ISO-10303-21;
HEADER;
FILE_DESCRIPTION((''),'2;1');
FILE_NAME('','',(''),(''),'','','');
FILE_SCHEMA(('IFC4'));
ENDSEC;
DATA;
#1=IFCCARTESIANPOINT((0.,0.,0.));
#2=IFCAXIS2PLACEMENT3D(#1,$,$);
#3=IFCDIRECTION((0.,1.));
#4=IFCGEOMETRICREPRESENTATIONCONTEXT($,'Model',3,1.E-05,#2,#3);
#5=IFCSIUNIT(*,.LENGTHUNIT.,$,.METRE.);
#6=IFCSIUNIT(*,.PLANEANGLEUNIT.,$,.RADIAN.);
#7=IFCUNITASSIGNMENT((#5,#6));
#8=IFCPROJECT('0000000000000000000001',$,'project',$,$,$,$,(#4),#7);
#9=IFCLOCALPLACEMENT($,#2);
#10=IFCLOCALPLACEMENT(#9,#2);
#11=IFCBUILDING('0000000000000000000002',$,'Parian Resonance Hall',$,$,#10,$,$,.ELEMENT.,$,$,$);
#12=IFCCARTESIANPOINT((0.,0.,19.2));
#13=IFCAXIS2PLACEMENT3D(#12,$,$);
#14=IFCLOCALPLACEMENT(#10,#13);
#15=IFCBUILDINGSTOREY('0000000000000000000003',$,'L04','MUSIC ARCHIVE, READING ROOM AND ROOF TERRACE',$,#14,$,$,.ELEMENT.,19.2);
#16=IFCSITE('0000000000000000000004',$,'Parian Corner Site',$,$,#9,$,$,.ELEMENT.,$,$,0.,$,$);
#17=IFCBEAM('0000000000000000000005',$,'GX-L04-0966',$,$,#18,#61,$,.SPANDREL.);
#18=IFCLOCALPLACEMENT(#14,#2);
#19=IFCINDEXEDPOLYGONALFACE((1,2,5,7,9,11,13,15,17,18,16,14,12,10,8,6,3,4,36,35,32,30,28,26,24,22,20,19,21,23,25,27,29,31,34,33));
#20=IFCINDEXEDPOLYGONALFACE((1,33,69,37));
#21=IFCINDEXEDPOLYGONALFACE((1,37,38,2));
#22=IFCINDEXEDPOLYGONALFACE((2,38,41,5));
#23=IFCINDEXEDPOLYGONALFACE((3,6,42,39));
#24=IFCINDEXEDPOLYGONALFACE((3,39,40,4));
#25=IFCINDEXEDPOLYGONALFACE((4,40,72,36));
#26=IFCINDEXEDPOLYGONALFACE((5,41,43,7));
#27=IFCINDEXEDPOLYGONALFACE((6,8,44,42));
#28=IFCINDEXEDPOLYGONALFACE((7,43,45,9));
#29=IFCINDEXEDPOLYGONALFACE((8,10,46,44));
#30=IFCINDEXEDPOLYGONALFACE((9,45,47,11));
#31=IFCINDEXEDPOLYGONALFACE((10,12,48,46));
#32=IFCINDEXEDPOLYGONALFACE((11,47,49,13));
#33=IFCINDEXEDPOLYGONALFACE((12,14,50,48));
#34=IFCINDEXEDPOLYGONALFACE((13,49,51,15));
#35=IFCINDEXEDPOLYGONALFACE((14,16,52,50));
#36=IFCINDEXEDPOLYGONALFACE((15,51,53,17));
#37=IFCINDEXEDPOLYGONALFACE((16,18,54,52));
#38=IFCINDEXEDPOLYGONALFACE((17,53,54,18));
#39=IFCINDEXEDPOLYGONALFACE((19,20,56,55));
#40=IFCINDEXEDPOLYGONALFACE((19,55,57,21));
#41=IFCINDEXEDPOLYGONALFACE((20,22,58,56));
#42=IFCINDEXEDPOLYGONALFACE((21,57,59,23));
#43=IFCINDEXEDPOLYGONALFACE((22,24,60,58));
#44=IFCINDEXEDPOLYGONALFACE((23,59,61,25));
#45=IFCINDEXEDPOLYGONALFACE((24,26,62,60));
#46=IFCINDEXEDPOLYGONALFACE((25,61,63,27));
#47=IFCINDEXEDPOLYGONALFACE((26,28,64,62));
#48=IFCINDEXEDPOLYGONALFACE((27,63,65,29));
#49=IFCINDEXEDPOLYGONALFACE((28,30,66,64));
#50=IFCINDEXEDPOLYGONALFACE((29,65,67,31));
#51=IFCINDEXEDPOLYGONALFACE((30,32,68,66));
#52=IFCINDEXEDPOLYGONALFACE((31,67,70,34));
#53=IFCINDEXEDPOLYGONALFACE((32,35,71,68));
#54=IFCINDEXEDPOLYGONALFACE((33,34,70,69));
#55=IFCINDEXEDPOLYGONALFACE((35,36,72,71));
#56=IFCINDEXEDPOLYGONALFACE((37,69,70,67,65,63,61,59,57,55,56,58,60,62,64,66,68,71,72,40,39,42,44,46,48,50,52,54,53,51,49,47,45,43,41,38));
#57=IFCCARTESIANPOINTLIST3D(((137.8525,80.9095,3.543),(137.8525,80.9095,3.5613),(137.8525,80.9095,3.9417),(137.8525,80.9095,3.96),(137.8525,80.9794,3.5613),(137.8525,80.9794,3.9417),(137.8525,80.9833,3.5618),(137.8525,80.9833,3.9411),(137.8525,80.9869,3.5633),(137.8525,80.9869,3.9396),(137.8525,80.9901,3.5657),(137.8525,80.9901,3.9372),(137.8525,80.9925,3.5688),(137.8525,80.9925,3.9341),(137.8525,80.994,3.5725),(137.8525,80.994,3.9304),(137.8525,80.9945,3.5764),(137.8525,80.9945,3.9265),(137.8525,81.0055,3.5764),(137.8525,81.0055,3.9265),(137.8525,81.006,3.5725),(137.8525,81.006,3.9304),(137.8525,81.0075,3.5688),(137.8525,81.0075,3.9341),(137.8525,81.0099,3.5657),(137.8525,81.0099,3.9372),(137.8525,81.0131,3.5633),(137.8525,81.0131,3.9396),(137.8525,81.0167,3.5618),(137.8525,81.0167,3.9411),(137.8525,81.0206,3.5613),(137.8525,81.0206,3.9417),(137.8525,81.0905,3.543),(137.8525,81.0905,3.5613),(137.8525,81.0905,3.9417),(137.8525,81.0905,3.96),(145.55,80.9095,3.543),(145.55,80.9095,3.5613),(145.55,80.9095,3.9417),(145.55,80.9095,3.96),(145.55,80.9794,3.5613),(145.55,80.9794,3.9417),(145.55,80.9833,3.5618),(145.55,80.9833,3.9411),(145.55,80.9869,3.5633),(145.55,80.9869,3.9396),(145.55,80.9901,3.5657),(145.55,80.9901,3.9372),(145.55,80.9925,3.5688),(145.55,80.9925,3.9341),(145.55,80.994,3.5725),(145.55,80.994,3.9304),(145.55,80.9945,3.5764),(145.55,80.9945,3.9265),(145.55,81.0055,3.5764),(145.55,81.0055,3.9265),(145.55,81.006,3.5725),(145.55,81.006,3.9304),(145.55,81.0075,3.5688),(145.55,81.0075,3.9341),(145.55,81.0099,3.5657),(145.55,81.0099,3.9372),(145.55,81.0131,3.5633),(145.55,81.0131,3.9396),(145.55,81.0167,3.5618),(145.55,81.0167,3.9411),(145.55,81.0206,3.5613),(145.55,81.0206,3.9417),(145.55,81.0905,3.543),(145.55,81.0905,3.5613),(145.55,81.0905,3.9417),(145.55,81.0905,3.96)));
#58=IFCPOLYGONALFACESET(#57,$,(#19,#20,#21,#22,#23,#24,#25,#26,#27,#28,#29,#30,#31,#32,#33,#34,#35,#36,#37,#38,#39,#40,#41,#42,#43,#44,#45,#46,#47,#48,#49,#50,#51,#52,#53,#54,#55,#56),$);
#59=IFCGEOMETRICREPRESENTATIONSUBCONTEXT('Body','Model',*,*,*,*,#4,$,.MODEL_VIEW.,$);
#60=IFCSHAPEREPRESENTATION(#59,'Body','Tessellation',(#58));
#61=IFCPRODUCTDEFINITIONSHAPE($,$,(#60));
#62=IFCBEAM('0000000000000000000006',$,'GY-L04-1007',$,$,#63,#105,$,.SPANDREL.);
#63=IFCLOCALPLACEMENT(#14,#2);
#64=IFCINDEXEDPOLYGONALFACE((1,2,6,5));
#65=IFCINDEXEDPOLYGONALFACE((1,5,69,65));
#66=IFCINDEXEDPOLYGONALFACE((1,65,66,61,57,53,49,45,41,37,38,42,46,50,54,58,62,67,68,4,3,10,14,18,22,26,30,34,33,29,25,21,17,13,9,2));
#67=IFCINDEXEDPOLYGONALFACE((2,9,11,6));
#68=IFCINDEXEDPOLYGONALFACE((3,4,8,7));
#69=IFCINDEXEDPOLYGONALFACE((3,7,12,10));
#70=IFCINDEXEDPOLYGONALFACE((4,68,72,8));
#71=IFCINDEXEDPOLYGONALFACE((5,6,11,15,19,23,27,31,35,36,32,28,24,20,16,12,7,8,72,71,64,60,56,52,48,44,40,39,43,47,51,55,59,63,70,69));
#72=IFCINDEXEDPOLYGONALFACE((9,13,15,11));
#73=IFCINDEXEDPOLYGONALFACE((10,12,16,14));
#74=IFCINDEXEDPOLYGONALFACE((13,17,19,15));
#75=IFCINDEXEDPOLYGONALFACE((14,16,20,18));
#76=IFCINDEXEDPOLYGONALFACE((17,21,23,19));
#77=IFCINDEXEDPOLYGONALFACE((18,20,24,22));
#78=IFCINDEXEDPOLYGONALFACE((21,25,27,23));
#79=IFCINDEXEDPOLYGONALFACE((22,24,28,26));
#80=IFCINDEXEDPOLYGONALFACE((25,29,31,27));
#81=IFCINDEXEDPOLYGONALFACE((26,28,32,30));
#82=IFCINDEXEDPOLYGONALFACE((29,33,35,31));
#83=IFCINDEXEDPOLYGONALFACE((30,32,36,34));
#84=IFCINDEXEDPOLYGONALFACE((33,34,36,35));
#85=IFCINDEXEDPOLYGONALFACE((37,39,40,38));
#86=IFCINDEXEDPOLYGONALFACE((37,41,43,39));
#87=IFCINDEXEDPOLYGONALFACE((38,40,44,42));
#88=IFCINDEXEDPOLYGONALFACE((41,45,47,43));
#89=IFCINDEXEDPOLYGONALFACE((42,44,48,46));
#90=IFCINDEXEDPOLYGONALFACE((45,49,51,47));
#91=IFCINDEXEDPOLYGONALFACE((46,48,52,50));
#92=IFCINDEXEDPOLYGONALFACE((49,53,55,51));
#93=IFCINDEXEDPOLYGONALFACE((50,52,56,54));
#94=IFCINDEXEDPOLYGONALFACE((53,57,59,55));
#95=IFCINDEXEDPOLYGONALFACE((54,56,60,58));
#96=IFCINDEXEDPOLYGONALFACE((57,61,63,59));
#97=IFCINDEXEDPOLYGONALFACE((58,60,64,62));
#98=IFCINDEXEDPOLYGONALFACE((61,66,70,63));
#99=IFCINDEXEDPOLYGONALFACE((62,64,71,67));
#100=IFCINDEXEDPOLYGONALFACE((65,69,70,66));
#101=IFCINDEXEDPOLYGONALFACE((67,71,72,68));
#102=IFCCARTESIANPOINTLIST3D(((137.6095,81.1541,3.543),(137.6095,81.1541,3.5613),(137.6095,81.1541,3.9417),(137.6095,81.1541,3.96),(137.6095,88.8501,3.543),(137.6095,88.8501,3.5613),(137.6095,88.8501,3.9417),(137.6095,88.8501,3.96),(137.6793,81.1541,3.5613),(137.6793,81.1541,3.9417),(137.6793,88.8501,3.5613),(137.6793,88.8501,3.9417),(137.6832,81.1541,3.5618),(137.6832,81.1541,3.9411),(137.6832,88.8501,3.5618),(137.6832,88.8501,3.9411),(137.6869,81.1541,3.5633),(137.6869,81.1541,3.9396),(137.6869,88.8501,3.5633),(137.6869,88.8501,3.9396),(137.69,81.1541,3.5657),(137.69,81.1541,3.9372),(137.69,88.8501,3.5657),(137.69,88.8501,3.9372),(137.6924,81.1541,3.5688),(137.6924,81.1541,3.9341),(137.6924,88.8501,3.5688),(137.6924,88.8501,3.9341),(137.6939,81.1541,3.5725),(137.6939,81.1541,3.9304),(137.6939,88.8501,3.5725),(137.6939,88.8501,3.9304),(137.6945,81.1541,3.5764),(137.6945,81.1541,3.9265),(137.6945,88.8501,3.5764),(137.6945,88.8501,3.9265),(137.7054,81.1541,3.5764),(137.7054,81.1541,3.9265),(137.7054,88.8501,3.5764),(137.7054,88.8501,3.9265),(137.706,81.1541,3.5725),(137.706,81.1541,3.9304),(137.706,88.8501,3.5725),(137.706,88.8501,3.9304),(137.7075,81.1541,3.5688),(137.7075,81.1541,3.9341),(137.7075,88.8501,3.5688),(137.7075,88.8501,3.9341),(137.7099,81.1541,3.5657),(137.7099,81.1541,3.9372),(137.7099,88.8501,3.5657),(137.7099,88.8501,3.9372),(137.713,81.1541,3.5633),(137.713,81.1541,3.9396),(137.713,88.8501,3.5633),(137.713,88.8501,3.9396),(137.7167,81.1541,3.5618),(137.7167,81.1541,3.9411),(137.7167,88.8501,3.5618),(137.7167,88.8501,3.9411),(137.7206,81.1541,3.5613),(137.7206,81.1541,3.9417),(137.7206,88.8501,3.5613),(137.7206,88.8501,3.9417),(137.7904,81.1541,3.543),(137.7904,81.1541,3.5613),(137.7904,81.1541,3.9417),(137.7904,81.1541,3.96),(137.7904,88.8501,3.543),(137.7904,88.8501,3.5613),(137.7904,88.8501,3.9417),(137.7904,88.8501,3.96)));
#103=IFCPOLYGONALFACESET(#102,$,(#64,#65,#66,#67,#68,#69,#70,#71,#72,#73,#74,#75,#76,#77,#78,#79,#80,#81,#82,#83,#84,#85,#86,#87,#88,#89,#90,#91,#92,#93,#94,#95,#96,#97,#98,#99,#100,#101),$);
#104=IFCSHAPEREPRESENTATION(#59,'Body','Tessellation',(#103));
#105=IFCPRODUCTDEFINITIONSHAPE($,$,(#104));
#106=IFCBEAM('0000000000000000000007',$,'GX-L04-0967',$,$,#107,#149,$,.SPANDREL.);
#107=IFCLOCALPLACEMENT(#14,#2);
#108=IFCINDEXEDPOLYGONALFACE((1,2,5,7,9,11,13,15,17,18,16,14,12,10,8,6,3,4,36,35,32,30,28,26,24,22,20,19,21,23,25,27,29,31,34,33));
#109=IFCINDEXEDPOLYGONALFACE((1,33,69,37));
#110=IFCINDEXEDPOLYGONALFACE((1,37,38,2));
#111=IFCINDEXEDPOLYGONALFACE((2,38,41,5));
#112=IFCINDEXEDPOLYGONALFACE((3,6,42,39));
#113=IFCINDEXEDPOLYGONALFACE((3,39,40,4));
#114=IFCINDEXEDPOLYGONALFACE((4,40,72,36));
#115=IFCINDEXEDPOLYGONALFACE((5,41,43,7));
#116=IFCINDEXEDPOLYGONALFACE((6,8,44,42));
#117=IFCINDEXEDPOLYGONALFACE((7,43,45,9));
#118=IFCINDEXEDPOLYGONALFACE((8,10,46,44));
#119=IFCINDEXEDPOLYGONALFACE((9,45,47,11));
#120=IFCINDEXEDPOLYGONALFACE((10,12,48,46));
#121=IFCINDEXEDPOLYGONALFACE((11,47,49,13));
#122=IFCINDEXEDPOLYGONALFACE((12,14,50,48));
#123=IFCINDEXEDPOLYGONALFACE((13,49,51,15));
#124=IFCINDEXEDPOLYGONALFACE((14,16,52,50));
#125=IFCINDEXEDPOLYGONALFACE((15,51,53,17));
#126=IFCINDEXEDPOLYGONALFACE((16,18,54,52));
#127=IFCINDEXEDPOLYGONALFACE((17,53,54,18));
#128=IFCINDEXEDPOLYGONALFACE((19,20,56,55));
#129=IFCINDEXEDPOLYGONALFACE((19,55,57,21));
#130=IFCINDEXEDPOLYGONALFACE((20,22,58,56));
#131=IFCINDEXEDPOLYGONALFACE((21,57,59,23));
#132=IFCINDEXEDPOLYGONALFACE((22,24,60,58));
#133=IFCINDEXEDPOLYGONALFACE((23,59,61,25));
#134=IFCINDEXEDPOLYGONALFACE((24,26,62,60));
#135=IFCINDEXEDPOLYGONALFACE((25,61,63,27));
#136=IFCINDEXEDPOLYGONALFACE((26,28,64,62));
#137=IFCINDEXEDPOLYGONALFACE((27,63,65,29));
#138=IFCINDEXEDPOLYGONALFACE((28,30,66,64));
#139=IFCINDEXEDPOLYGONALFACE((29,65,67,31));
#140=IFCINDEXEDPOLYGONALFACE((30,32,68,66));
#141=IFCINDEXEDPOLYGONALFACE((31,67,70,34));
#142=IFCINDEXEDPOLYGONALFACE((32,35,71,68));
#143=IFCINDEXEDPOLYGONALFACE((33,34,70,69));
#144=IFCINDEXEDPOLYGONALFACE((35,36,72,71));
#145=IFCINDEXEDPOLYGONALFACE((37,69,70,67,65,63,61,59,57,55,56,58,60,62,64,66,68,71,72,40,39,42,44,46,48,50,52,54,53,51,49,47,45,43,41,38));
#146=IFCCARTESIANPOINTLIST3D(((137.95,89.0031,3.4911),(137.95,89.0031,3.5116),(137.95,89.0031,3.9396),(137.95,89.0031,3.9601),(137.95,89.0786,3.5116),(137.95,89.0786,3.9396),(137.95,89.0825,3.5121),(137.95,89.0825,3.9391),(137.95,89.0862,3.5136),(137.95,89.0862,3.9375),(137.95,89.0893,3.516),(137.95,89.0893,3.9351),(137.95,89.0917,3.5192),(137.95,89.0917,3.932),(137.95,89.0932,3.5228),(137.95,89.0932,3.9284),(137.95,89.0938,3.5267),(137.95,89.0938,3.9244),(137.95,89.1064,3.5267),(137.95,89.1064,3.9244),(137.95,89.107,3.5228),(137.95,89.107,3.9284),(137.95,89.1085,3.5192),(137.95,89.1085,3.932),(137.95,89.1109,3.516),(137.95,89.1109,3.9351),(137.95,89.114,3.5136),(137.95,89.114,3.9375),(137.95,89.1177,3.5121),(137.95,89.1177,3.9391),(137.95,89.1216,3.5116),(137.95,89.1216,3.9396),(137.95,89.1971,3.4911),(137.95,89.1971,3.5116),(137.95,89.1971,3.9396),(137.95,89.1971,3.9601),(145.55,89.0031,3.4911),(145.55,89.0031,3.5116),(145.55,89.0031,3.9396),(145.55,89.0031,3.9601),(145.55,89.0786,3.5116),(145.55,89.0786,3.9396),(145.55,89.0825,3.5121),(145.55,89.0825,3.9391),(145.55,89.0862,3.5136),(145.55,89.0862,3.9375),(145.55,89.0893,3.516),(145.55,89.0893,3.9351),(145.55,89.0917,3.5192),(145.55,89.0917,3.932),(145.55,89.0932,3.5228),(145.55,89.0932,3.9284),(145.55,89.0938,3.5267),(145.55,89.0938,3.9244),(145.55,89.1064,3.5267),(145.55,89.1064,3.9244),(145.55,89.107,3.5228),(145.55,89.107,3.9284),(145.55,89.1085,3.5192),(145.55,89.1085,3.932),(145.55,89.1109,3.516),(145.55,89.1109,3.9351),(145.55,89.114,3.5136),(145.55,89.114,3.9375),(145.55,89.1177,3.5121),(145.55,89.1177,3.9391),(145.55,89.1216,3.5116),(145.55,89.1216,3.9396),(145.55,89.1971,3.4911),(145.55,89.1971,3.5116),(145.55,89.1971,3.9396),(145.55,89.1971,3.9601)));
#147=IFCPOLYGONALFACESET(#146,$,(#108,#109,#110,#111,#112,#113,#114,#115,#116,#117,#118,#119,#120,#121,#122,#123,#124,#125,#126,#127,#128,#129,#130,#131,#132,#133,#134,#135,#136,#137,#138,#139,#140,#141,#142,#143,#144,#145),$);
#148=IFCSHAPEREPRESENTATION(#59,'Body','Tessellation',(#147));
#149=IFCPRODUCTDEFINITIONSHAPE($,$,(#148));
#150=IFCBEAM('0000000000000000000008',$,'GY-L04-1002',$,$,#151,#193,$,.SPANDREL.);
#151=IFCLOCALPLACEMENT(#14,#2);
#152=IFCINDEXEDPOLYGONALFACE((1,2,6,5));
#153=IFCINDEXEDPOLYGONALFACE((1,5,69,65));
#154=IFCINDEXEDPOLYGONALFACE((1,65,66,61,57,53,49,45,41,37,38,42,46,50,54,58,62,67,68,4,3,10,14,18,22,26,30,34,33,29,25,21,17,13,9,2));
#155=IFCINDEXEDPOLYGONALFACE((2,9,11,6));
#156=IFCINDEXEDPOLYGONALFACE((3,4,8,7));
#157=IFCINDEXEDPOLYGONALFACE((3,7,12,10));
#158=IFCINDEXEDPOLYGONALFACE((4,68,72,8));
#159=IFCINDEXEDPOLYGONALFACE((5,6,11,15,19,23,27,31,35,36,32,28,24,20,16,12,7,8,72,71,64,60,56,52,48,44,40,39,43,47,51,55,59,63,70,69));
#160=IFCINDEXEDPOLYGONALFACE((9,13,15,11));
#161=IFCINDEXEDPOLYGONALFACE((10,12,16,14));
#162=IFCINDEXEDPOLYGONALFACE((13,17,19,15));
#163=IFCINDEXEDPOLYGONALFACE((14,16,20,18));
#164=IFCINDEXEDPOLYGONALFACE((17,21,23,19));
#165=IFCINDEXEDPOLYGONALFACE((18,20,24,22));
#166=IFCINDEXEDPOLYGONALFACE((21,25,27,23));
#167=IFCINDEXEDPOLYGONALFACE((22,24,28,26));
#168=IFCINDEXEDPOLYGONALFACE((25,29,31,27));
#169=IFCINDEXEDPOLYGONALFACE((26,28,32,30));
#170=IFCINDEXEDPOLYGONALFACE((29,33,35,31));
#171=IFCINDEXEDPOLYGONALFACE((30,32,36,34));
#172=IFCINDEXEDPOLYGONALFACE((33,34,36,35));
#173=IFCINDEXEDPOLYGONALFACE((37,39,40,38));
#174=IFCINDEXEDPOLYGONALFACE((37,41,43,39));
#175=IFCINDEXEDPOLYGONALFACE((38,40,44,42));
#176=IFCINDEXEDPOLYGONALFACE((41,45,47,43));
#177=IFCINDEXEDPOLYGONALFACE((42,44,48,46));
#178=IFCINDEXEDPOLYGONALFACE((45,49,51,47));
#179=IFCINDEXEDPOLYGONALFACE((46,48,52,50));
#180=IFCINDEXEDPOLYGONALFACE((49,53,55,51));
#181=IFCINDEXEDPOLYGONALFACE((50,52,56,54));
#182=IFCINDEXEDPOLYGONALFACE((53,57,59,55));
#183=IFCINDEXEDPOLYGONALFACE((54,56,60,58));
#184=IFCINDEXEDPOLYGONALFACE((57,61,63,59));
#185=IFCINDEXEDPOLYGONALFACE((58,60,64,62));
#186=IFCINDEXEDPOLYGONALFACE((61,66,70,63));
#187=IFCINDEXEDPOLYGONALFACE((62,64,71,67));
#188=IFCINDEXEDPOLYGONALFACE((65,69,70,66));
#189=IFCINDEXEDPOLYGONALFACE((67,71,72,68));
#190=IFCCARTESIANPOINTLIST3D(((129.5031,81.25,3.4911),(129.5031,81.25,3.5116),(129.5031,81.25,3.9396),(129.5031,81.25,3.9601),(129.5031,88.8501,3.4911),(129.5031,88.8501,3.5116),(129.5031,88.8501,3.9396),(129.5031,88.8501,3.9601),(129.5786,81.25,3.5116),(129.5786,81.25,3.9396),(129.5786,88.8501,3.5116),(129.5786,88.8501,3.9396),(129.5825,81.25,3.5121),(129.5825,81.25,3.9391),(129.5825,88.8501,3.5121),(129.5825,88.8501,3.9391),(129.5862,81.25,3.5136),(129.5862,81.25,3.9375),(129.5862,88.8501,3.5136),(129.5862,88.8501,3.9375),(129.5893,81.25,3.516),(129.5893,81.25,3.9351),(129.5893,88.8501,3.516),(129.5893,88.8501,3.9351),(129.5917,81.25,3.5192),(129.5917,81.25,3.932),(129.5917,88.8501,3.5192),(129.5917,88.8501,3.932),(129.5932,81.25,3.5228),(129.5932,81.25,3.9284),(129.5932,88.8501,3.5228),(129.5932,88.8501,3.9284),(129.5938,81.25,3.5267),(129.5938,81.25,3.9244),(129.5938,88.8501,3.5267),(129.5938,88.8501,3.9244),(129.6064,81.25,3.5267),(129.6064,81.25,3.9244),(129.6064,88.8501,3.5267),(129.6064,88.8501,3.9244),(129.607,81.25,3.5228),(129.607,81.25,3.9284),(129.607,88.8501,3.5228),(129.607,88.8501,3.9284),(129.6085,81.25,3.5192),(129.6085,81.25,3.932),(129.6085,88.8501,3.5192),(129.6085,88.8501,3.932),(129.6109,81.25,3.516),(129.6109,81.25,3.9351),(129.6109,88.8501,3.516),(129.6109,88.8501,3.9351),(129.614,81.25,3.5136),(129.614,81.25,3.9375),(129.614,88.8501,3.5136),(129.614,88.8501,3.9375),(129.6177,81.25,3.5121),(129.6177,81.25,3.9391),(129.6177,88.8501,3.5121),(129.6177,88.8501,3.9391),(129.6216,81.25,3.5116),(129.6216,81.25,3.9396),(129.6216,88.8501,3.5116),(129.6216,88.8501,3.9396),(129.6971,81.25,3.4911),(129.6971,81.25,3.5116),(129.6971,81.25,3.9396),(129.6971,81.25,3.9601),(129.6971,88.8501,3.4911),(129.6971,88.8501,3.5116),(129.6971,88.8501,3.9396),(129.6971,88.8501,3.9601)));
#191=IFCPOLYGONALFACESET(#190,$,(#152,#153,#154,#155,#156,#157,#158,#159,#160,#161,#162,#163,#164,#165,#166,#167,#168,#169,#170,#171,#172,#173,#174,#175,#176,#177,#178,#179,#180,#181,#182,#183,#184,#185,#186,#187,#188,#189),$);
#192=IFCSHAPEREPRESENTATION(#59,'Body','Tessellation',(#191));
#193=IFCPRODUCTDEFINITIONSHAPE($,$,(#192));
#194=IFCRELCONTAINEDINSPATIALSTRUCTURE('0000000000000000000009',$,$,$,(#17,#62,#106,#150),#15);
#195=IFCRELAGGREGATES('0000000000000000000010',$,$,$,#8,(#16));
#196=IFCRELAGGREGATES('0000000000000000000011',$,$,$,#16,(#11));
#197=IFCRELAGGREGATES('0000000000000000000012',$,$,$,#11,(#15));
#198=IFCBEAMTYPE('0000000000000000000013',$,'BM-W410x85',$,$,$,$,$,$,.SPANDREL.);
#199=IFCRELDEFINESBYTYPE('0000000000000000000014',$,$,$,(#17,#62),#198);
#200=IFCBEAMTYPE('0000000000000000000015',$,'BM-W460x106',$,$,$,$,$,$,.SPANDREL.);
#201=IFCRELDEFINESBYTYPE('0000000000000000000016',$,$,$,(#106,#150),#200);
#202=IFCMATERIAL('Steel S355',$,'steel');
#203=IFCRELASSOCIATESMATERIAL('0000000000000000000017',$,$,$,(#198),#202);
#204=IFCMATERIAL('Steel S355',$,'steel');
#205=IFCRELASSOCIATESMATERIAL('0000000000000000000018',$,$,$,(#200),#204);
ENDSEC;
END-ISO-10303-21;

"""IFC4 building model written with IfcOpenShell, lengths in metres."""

from ifc_helpers import new_model, si_unit, direction, frame, origin, origin_2d, place, context, subcontext, project, spatial, i_section, extrude, material, material_profile, profile_set, type_object, element, save


model = new_model("IFC4")

# Units and contexts
model_context = context("Model", 3, precision=1e-05, world=origin(), true_north=direction((0.0, 1.0)))
body_context = subcontext(model_context, "Body", "Model", "MODEL_VIEW")
ifc_project = project(units=[si_unit("LENGTHUNIT", "METRE"), si_unit("PLANEANGLEUNIT", "RADIAN")], contexts=[model_context])

# Site, building, storey
site_placement = place(None, origin())
site = spatial("IfcSite", under=ifc_project, at=site_placement, Name="Parian Corner Site", CompositionType="ELEMENT", RefElevation=0.0)
building_placement = place(site_placement, origin())
building = spatial("IfcBuilding", under=site, at=building_placement, Name="Parian Resonance Hall", CompositionType="ELEMENT")
storey_placement = place(building_placement, frame((0.0, 0.0, 19.2)))
storey = spatial("IfcBuildingStorey", under=building, at=storey_placement, Name="L04", Description="MUSIC ARCHIVE, READING ROOM AND ROOF TERRACE", CompositionType="ELEMENT", Elevation=19.2)

# Beams
ifc_material_1 = material(Name="Steel S355", Category="steel")
ifc_material_profile_1 = material_profile(ifc_material_1, i_section(OverallWidth=0.1809, OverallDepth=0.417, WebThickness=0.011, FlangeThickness=0.0183, FilletRadius=0.0151, at=origin_2d()), Name="W410x85")
ifc_profile_set_1 = profile_set([ifc_material_profile_1], Name="Steel S355")
beam_type_1 = type_object("IfcBeamType", Name="BM-W410x85", PredefinedType="SPANDREL", material=ifc_profile_set_1)
beam_1_placement = place(storey_placement, frame((137.8525, 81.0, 3.7515), z_axis=(1.0, 0.0, 0.0), x_axis=(0.0, 1.0, 0.0)))
element("IfcBeam", 1, at=beam_1_placement, inside=storey, type_object=beam_type_1, Name="GX-L04-0966", PredefinedType="SPANDREL", context=body_context, shape_type="SweptSolid", body=[
    extrude(i_section(OverallWidth=0.1809, OverallDepth=0.417, WebThickness=0.011, FlangeThickness=0.0183, FilletRadius=0.0151, at=origin_2d()), origin(), (0.0, 0.0, 1.0), 7.6975),
])
beam_2_placement = place(storey_placement, frame((137.7, 81.1541, 3.7515), z_axis=(0.0, 1.0, 0.0), x_axis=(-1.0, 0.0, 0.0)))
element("IfcBeam", 2, at=beam_2_placement, inside=storey, type_object=beam_type_1, Name="GY-L04-1007", PredefinedType="SPANDREL", context=body_context, shape_type="SweptSolid", body=[
    extrude(i_section(OverallWidth=0.1809, OverallDepth=0.417, WebThickness=0.011, FlangeThickness=0.0183, FilletRadius=0.0151, at=origin_2d()), origin(), (0.0, 0.0, 1.0), 7.696),
])
ifc_material_2 = material(Name="Steel S355", Category="steel")
ifc_material_profile_2 = material_profile(ifc_material_2, i_section(OverallWidth=0.1941, OverallDepth=0.469, WebThickness=0.0127, FlangeThickness=0.0205, FilletRadius=0.0151, at=origin_2d()), Name="W460x106")
ifc_profile_set_2 = profile_set([ifc_material_profile_2], Name="Steel S355")
beam_type_2 = type_object("IfcBeamType", Name="BM-W460x106", PredefinedType="SPANDREL", material=ifc_profile_set_2)
for number, where, z_axis, x_axis, name in (
    (3, (137.95, 89.1001, 3.7256), (1.0, 0.0, 0.0), (0.0, 1.0, 0.0), "GX-L04-0967"),
    (4, (129.6001, 81.25, 3.7256), (0.0, 1.0, 0.0), (-1.0, 0.0, 0.0), "GY-L04-1002"),
):
    element("IfcBeam", number, at=place(storey_placement, frame(where, z_axis=z_axis, x_axis=x_axis)), inside=storey, type_object=beam_type_2, Name=name, PredefinedType="SPANDREL", context=body_context, shape_type="SweptSolid", body=[
        extrude(i_section(OverallWidth=0.1941, OverallDepth=0.469, WebThickness=0.0127, FlangeThickness=0.0205, FilletRadius=0.0151, at=origin_2d()), origin(), (0.0, 0.0, 1.0), 7.6001),
    ])

save(model, "model.ifc")
